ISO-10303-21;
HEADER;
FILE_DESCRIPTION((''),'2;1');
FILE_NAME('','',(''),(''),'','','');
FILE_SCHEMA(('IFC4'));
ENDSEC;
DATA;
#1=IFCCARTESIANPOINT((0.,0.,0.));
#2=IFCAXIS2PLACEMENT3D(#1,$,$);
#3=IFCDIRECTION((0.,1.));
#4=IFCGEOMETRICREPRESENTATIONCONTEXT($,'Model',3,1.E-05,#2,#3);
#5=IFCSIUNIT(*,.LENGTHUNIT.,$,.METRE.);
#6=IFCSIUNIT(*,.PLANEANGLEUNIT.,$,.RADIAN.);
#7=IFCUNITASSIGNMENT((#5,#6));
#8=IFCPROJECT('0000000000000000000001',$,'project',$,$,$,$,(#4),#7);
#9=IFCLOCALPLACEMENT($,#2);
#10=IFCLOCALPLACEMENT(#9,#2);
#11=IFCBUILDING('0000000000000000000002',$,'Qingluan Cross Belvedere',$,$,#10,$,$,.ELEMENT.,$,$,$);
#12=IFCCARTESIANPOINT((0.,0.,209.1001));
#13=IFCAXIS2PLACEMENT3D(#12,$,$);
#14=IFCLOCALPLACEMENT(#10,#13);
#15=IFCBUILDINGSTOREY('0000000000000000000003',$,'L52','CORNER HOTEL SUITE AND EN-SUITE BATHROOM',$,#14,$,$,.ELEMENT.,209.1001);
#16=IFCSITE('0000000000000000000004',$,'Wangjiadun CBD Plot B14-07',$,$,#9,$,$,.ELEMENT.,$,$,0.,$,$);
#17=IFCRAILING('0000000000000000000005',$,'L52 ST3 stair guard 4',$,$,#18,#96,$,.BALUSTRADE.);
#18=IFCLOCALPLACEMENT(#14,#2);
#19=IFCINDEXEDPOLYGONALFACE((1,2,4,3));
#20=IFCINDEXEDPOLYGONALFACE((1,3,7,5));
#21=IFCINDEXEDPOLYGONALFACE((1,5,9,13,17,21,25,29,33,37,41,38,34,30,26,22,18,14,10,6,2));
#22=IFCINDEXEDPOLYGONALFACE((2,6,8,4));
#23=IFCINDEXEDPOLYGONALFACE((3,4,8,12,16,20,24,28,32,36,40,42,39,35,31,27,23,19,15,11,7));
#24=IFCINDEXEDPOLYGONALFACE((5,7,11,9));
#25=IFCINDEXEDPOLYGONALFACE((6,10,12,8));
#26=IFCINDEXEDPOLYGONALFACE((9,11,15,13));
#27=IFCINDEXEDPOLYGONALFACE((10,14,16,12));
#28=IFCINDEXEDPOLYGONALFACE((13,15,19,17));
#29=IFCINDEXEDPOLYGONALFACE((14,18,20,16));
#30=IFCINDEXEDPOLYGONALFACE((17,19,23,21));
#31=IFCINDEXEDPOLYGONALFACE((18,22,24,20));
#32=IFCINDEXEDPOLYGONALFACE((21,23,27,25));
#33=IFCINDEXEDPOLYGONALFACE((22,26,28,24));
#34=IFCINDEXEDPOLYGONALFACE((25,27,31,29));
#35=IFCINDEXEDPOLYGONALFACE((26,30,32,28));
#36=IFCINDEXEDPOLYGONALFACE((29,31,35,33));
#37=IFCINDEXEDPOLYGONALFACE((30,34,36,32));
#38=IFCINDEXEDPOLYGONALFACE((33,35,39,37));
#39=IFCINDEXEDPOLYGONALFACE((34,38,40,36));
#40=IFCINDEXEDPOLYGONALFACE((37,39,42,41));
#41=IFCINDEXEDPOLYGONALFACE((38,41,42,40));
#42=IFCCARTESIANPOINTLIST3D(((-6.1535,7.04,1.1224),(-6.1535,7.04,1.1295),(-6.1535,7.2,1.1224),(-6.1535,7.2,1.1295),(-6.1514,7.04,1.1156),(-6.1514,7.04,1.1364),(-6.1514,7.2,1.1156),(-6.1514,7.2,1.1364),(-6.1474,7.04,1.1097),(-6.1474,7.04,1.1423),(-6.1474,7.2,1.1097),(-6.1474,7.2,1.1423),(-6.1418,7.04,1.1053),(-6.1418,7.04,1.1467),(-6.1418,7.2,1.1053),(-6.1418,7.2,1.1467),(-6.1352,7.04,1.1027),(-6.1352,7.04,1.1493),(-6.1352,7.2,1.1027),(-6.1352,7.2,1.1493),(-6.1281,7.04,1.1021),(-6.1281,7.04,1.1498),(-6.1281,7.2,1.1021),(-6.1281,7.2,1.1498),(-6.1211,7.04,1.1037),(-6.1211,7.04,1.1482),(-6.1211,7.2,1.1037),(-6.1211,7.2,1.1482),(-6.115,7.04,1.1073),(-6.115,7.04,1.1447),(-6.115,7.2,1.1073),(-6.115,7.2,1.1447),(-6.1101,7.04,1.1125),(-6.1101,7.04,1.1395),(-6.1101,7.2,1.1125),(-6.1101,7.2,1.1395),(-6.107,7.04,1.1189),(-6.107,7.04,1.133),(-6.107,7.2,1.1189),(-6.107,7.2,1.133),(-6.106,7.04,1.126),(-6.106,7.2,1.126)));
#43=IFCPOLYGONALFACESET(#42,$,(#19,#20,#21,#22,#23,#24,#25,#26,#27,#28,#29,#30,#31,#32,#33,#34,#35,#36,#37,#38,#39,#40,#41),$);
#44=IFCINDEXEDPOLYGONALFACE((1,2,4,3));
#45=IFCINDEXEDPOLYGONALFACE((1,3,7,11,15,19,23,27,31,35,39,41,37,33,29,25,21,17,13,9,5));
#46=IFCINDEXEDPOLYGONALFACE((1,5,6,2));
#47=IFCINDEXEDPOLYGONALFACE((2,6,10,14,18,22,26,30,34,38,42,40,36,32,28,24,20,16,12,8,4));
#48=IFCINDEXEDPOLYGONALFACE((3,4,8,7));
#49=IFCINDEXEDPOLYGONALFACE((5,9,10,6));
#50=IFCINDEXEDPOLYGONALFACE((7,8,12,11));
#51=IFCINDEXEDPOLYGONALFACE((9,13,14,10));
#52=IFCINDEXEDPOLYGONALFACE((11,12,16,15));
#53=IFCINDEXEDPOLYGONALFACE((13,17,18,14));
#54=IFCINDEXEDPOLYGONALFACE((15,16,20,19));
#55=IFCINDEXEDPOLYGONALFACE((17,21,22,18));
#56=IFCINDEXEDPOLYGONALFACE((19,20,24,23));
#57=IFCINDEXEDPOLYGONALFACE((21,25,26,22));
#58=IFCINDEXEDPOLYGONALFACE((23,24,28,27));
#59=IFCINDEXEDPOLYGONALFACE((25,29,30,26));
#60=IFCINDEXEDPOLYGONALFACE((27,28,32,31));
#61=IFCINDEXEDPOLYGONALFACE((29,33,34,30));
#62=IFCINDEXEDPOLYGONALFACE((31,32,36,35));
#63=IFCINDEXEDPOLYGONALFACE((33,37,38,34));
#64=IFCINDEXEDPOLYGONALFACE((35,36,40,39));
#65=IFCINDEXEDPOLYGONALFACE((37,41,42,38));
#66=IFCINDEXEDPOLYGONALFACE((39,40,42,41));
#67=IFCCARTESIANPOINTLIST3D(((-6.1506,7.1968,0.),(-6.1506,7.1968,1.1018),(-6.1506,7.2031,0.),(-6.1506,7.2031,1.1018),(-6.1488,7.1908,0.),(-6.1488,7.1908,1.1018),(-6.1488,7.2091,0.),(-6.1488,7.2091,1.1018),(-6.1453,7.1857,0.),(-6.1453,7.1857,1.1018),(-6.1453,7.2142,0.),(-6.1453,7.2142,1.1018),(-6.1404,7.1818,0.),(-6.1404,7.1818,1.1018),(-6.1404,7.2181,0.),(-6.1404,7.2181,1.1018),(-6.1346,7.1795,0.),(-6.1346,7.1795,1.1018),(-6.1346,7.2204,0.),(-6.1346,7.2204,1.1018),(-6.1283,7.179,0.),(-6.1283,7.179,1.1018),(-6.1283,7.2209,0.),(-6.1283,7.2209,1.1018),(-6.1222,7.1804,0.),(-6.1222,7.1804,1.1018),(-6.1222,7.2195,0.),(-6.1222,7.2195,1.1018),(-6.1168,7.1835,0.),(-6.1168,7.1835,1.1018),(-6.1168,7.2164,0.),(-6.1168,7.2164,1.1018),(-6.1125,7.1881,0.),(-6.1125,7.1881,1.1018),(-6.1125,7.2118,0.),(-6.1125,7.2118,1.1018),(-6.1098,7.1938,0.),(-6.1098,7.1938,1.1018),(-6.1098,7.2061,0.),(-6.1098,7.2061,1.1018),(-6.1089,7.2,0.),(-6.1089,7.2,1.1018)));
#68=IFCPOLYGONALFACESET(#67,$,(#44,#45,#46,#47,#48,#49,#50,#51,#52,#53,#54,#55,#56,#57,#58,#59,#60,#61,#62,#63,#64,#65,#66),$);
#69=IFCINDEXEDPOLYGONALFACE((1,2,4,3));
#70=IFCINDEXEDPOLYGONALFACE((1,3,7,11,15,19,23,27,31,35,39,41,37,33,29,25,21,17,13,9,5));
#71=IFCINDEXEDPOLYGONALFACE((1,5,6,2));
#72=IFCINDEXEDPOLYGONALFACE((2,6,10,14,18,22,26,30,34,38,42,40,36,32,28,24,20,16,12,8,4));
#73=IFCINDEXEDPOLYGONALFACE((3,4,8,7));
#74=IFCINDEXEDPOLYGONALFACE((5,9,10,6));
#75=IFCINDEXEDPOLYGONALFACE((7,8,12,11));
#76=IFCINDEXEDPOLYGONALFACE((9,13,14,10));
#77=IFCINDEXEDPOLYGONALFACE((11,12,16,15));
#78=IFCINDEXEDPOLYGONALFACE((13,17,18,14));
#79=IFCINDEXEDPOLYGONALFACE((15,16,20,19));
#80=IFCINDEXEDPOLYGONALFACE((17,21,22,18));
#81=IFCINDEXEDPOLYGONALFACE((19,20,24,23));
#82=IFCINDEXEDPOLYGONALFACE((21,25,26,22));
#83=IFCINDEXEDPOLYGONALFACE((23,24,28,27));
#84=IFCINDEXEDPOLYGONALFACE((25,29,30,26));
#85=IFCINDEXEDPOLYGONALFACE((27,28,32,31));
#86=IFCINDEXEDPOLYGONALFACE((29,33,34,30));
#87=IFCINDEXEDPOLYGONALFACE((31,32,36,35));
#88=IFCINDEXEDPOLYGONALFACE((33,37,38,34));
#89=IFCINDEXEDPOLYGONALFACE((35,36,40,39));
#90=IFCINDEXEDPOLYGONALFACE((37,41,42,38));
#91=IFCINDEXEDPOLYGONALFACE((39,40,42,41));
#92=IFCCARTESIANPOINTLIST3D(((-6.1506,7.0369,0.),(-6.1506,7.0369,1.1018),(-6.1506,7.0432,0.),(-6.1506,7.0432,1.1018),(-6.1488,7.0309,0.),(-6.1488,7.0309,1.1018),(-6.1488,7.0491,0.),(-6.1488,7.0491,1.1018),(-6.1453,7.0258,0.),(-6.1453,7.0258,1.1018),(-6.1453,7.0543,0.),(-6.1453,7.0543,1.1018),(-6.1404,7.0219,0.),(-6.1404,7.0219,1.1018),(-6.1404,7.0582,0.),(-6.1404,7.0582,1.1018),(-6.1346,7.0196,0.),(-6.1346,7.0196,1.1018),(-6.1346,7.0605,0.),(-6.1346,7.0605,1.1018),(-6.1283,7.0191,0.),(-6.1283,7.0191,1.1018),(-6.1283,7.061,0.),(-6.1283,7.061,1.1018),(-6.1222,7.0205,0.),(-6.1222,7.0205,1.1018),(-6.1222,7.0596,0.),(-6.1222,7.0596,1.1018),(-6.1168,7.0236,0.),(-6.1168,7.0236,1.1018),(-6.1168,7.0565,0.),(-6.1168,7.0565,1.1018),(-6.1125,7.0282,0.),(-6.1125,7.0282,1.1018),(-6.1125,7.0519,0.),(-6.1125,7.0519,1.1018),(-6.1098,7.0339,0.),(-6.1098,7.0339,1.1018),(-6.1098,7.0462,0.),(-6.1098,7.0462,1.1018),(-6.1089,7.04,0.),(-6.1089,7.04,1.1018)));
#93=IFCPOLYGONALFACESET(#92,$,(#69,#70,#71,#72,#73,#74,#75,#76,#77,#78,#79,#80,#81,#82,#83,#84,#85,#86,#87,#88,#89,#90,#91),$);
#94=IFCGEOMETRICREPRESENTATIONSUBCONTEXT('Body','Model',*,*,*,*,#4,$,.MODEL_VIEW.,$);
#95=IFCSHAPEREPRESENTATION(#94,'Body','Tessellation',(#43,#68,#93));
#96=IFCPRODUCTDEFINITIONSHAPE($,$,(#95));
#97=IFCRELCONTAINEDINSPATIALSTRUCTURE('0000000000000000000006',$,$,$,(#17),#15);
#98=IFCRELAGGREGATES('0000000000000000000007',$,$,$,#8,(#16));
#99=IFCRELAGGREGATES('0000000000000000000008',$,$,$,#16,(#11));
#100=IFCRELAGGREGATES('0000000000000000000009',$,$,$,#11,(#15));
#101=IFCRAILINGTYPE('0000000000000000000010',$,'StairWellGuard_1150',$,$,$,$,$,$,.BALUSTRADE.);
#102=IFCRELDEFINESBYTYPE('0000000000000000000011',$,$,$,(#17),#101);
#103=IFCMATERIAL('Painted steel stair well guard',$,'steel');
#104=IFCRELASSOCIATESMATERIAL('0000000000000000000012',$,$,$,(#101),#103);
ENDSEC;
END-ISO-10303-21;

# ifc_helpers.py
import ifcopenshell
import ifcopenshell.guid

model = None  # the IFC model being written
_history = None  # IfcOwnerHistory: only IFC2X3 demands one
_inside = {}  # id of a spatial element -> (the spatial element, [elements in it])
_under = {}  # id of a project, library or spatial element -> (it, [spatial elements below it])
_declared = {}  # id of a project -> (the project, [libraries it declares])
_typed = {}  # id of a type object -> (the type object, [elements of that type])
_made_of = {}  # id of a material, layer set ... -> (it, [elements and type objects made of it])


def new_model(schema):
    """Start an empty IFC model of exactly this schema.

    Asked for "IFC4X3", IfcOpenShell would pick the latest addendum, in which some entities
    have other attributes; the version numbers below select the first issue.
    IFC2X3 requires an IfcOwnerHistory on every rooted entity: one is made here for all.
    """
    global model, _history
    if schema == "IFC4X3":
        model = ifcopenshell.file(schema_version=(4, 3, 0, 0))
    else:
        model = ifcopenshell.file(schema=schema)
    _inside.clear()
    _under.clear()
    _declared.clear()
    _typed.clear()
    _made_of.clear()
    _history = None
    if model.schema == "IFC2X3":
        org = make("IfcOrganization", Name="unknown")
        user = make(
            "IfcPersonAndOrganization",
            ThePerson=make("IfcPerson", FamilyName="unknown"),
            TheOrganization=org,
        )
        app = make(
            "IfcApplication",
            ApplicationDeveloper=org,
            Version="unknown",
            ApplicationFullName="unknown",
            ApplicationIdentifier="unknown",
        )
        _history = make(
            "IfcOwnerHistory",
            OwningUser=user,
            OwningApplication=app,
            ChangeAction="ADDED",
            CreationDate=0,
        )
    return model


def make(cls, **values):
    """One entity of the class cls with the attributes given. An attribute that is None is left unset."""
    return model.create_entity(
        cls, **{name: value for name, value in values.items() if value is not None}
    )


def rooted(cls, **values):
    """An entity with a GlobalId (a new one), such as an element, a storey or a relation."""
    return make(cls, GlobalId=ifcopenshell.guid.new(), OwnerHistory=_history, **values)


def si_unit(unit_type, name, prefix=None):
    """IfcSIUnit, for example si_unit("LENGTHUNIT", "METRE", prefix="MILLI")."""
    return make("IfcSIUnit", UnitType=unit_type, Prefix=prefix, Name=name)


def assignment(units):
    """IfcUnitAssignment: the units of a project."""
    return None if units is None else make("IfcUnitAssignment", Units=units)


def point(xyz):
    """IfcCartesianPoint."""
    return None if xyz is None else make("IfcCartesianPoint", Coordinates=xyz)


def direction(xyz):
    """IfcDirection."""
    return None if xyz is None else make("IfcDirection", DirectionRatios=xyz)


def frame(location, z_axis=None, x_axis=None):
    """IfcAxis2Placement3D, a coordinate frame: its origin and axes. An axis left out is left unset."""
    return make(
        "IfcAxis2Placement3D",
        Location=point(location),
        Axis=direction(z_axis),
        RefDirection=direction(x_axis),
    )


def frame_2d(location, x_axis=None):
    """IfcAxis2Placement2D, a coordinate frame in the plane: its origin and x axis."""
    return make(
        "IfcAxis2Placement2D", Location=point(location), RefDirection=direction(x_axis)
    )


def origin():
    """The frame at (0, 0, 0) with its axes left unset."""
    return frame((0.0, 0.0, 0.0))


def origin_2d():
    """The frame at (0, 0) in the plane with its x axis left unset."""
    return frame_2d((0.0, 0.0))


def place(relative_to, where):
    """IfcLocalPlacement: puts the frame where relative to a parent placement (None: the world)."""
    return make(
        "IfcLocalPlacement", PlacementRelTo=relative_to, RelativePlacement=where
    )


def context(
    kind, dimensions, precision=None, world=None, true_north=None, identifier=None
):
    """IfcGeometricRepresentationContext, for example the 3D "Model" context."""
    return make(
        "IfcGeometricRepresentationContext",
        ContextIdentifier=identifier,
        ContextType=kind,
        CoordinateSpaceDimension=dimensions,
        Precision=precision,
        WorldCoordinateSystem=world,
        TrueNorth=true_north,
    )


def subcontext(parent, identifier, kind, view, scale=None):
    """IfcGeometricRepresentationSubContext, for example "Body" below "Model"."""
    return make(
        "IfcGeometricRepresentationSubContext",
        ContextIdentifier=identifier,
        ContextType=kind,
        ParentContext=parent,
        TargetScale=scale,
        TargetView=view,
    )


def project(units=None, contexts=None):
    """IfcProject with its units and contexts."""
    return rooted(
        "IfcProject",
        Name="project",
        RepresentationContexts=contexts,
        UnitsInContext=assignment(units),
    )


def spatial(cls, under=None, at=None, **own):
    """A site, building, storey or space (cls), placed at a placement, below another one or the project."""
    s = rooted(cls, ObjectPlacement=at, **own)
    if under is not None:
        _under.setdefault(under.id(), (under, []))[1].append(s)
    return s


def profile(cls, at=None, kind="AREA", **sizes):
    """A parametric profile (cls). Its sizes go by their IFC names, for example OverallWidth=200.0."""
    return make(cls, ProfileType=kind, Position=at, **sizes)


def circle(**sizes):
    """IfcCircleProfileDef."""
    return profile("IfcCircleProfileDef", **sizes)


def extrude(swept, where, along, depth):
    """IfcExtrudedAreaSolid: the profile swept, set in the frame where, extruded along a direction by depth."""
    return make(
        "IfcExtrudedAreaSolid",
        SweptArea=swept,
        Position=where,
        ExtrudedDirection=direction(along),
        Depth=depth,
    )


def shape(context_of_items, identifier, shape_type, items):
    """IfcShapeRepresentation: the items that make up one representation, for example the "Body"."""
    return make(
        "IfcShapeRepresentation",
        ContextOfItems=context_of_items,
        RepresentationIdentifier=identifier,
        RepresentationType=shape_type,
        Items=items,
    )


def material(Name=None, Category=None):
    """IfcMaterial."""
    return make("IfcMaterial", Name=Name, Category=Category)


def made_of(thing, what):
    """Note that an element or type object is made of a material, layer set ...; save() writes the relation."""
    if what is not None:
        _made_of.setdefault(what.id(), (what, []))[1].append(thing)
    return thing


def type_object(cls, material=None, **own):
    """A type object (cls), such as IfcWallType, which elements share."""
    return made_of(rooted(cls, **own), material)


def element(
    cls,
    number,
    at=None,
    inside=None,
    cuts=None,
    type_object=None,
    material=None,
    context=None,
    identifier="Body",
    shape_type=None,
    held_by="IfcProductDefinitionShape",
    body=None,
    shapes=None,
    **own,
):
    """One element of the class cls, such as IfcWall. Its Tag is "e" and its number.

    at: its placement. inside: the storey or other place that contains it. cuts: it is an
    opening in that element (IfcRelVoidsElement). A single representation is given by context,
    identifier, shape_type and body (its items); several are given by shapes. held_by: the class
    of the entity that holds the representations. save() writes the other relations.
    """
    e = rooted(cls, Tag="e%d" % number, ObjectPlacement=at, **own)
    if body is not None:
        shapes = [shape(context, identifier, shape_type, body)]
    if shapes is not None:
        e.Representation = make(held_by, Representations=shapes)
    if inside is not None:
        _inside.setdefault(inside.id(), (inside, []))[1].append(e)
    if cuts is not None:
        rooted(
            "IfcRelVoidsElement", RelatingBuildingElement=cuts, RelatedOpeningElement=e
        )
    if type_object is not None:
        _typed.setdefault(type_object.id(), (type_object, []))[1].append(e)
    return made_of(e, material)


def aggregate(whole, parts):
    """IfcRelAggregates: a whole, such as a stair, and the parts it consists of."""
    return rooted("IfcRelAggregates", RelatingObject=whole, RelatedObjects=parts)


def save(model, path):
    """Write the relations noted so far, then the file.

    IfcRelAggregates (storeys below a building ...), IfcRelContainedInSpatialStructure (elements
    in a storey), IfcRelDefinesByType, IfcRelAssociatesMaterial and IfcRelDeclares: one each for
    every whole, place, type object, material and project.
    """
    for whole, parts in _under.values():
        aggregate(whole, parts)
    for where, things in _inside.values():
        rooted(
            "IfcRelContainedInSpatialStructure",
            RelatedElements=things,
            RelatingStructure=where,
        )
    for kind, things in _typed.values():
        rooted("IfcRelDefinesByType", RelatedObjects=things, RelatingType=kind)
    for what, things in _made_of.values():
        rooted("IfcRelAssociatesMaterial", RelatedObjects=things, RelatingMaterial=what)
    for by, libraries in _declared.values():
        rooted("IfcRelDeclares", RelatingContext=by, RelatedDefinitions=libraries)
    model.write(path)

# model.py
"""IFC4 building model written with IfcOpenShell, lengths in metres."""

from ifc_helpers import new_model, si_unit, direction, frame, origin, origin_2d, place, context, subcontext, project, spatial, circle, extrude, material, type_object, element, save


model = new_model("IFC4")

# Units and contexts
model_context = context("Model", 3, precision=1e-05, world=origin(), true_north=direction((0.0, 1.0)))
body_context = subcontext(model_context, "Body", "Model", "MODEL_VIEW")
ifc_project = project(units=[si_unit("LENGTHUNIT", "METRE"), si_unit("PLANEANGLEUNIT", "RADIAN")], contexts=[model_context])

# Site, building, storey
site_placement = place(None, origin())
site = spatial("IfcSite", under=ifc_project, at=site_placement, Name="Wangjiadun CBD Plot B14-07", CompositionType="ELEMENT", RefElevation=0.0)
building_placement = place(site_placement, origin())
building = spatial("IfcBuilding", under=site, at=building_placement, Name="Qingluan Cross Belvedere", CompositionType="ELEMENT")
storey_placement = place(building_placement, frame((0.0, 0.0, 209.1001)))
storey = spatial("IfcBuildingStorey", under=building, at=storey_placement, Name="L52", Description="CORNER HOTEL SUITE AND EN-SUITE BATHROOM", CompositionType="ELEMENT", Elevation=209.1001)

# Railing
ifc_material_1 = material(Name="Painted steel stair well guard", Category="steel")
railing_type_1 = type_object("IfcRailingType", Name="StairWellGuard_1150", PredefinedType="BALUSTRADE", material=ifc_material_1)
railing_1_placement = place(storey_placement, frame((-6.1299, 7.2, 0.0)))
element("IfcRailing", 1, at=railing_1_placement, inside=storey, type_object=railing_type_1, Name="L52 ST3 stair guard 4", PredefinedType="BALUSTRADE", context=body_context, shape_type="SweptSolid", body=[
    extrude(circle(Radius=0.0239, at=origin_2d()), frame((0.0, 0.0, 1.126), z_axis=(0.0, -1.0, 0.0), x_axis=(1.0, 0.0, 0.0)), (0.0, 0.0, 1.0), 0.1599),
    extrude(circle(Radius=0.021, at=origin_2d()), origin(), (0.0, 0.0, 1.0), 1.1018),
    extrude(circle(Radius=0.021, at=origin_2d()), frame((0.0, -0.1599, 0.0)), (0.0, 0.0, 1.0), 1.1018),
])

save(model, "model.ifc")
